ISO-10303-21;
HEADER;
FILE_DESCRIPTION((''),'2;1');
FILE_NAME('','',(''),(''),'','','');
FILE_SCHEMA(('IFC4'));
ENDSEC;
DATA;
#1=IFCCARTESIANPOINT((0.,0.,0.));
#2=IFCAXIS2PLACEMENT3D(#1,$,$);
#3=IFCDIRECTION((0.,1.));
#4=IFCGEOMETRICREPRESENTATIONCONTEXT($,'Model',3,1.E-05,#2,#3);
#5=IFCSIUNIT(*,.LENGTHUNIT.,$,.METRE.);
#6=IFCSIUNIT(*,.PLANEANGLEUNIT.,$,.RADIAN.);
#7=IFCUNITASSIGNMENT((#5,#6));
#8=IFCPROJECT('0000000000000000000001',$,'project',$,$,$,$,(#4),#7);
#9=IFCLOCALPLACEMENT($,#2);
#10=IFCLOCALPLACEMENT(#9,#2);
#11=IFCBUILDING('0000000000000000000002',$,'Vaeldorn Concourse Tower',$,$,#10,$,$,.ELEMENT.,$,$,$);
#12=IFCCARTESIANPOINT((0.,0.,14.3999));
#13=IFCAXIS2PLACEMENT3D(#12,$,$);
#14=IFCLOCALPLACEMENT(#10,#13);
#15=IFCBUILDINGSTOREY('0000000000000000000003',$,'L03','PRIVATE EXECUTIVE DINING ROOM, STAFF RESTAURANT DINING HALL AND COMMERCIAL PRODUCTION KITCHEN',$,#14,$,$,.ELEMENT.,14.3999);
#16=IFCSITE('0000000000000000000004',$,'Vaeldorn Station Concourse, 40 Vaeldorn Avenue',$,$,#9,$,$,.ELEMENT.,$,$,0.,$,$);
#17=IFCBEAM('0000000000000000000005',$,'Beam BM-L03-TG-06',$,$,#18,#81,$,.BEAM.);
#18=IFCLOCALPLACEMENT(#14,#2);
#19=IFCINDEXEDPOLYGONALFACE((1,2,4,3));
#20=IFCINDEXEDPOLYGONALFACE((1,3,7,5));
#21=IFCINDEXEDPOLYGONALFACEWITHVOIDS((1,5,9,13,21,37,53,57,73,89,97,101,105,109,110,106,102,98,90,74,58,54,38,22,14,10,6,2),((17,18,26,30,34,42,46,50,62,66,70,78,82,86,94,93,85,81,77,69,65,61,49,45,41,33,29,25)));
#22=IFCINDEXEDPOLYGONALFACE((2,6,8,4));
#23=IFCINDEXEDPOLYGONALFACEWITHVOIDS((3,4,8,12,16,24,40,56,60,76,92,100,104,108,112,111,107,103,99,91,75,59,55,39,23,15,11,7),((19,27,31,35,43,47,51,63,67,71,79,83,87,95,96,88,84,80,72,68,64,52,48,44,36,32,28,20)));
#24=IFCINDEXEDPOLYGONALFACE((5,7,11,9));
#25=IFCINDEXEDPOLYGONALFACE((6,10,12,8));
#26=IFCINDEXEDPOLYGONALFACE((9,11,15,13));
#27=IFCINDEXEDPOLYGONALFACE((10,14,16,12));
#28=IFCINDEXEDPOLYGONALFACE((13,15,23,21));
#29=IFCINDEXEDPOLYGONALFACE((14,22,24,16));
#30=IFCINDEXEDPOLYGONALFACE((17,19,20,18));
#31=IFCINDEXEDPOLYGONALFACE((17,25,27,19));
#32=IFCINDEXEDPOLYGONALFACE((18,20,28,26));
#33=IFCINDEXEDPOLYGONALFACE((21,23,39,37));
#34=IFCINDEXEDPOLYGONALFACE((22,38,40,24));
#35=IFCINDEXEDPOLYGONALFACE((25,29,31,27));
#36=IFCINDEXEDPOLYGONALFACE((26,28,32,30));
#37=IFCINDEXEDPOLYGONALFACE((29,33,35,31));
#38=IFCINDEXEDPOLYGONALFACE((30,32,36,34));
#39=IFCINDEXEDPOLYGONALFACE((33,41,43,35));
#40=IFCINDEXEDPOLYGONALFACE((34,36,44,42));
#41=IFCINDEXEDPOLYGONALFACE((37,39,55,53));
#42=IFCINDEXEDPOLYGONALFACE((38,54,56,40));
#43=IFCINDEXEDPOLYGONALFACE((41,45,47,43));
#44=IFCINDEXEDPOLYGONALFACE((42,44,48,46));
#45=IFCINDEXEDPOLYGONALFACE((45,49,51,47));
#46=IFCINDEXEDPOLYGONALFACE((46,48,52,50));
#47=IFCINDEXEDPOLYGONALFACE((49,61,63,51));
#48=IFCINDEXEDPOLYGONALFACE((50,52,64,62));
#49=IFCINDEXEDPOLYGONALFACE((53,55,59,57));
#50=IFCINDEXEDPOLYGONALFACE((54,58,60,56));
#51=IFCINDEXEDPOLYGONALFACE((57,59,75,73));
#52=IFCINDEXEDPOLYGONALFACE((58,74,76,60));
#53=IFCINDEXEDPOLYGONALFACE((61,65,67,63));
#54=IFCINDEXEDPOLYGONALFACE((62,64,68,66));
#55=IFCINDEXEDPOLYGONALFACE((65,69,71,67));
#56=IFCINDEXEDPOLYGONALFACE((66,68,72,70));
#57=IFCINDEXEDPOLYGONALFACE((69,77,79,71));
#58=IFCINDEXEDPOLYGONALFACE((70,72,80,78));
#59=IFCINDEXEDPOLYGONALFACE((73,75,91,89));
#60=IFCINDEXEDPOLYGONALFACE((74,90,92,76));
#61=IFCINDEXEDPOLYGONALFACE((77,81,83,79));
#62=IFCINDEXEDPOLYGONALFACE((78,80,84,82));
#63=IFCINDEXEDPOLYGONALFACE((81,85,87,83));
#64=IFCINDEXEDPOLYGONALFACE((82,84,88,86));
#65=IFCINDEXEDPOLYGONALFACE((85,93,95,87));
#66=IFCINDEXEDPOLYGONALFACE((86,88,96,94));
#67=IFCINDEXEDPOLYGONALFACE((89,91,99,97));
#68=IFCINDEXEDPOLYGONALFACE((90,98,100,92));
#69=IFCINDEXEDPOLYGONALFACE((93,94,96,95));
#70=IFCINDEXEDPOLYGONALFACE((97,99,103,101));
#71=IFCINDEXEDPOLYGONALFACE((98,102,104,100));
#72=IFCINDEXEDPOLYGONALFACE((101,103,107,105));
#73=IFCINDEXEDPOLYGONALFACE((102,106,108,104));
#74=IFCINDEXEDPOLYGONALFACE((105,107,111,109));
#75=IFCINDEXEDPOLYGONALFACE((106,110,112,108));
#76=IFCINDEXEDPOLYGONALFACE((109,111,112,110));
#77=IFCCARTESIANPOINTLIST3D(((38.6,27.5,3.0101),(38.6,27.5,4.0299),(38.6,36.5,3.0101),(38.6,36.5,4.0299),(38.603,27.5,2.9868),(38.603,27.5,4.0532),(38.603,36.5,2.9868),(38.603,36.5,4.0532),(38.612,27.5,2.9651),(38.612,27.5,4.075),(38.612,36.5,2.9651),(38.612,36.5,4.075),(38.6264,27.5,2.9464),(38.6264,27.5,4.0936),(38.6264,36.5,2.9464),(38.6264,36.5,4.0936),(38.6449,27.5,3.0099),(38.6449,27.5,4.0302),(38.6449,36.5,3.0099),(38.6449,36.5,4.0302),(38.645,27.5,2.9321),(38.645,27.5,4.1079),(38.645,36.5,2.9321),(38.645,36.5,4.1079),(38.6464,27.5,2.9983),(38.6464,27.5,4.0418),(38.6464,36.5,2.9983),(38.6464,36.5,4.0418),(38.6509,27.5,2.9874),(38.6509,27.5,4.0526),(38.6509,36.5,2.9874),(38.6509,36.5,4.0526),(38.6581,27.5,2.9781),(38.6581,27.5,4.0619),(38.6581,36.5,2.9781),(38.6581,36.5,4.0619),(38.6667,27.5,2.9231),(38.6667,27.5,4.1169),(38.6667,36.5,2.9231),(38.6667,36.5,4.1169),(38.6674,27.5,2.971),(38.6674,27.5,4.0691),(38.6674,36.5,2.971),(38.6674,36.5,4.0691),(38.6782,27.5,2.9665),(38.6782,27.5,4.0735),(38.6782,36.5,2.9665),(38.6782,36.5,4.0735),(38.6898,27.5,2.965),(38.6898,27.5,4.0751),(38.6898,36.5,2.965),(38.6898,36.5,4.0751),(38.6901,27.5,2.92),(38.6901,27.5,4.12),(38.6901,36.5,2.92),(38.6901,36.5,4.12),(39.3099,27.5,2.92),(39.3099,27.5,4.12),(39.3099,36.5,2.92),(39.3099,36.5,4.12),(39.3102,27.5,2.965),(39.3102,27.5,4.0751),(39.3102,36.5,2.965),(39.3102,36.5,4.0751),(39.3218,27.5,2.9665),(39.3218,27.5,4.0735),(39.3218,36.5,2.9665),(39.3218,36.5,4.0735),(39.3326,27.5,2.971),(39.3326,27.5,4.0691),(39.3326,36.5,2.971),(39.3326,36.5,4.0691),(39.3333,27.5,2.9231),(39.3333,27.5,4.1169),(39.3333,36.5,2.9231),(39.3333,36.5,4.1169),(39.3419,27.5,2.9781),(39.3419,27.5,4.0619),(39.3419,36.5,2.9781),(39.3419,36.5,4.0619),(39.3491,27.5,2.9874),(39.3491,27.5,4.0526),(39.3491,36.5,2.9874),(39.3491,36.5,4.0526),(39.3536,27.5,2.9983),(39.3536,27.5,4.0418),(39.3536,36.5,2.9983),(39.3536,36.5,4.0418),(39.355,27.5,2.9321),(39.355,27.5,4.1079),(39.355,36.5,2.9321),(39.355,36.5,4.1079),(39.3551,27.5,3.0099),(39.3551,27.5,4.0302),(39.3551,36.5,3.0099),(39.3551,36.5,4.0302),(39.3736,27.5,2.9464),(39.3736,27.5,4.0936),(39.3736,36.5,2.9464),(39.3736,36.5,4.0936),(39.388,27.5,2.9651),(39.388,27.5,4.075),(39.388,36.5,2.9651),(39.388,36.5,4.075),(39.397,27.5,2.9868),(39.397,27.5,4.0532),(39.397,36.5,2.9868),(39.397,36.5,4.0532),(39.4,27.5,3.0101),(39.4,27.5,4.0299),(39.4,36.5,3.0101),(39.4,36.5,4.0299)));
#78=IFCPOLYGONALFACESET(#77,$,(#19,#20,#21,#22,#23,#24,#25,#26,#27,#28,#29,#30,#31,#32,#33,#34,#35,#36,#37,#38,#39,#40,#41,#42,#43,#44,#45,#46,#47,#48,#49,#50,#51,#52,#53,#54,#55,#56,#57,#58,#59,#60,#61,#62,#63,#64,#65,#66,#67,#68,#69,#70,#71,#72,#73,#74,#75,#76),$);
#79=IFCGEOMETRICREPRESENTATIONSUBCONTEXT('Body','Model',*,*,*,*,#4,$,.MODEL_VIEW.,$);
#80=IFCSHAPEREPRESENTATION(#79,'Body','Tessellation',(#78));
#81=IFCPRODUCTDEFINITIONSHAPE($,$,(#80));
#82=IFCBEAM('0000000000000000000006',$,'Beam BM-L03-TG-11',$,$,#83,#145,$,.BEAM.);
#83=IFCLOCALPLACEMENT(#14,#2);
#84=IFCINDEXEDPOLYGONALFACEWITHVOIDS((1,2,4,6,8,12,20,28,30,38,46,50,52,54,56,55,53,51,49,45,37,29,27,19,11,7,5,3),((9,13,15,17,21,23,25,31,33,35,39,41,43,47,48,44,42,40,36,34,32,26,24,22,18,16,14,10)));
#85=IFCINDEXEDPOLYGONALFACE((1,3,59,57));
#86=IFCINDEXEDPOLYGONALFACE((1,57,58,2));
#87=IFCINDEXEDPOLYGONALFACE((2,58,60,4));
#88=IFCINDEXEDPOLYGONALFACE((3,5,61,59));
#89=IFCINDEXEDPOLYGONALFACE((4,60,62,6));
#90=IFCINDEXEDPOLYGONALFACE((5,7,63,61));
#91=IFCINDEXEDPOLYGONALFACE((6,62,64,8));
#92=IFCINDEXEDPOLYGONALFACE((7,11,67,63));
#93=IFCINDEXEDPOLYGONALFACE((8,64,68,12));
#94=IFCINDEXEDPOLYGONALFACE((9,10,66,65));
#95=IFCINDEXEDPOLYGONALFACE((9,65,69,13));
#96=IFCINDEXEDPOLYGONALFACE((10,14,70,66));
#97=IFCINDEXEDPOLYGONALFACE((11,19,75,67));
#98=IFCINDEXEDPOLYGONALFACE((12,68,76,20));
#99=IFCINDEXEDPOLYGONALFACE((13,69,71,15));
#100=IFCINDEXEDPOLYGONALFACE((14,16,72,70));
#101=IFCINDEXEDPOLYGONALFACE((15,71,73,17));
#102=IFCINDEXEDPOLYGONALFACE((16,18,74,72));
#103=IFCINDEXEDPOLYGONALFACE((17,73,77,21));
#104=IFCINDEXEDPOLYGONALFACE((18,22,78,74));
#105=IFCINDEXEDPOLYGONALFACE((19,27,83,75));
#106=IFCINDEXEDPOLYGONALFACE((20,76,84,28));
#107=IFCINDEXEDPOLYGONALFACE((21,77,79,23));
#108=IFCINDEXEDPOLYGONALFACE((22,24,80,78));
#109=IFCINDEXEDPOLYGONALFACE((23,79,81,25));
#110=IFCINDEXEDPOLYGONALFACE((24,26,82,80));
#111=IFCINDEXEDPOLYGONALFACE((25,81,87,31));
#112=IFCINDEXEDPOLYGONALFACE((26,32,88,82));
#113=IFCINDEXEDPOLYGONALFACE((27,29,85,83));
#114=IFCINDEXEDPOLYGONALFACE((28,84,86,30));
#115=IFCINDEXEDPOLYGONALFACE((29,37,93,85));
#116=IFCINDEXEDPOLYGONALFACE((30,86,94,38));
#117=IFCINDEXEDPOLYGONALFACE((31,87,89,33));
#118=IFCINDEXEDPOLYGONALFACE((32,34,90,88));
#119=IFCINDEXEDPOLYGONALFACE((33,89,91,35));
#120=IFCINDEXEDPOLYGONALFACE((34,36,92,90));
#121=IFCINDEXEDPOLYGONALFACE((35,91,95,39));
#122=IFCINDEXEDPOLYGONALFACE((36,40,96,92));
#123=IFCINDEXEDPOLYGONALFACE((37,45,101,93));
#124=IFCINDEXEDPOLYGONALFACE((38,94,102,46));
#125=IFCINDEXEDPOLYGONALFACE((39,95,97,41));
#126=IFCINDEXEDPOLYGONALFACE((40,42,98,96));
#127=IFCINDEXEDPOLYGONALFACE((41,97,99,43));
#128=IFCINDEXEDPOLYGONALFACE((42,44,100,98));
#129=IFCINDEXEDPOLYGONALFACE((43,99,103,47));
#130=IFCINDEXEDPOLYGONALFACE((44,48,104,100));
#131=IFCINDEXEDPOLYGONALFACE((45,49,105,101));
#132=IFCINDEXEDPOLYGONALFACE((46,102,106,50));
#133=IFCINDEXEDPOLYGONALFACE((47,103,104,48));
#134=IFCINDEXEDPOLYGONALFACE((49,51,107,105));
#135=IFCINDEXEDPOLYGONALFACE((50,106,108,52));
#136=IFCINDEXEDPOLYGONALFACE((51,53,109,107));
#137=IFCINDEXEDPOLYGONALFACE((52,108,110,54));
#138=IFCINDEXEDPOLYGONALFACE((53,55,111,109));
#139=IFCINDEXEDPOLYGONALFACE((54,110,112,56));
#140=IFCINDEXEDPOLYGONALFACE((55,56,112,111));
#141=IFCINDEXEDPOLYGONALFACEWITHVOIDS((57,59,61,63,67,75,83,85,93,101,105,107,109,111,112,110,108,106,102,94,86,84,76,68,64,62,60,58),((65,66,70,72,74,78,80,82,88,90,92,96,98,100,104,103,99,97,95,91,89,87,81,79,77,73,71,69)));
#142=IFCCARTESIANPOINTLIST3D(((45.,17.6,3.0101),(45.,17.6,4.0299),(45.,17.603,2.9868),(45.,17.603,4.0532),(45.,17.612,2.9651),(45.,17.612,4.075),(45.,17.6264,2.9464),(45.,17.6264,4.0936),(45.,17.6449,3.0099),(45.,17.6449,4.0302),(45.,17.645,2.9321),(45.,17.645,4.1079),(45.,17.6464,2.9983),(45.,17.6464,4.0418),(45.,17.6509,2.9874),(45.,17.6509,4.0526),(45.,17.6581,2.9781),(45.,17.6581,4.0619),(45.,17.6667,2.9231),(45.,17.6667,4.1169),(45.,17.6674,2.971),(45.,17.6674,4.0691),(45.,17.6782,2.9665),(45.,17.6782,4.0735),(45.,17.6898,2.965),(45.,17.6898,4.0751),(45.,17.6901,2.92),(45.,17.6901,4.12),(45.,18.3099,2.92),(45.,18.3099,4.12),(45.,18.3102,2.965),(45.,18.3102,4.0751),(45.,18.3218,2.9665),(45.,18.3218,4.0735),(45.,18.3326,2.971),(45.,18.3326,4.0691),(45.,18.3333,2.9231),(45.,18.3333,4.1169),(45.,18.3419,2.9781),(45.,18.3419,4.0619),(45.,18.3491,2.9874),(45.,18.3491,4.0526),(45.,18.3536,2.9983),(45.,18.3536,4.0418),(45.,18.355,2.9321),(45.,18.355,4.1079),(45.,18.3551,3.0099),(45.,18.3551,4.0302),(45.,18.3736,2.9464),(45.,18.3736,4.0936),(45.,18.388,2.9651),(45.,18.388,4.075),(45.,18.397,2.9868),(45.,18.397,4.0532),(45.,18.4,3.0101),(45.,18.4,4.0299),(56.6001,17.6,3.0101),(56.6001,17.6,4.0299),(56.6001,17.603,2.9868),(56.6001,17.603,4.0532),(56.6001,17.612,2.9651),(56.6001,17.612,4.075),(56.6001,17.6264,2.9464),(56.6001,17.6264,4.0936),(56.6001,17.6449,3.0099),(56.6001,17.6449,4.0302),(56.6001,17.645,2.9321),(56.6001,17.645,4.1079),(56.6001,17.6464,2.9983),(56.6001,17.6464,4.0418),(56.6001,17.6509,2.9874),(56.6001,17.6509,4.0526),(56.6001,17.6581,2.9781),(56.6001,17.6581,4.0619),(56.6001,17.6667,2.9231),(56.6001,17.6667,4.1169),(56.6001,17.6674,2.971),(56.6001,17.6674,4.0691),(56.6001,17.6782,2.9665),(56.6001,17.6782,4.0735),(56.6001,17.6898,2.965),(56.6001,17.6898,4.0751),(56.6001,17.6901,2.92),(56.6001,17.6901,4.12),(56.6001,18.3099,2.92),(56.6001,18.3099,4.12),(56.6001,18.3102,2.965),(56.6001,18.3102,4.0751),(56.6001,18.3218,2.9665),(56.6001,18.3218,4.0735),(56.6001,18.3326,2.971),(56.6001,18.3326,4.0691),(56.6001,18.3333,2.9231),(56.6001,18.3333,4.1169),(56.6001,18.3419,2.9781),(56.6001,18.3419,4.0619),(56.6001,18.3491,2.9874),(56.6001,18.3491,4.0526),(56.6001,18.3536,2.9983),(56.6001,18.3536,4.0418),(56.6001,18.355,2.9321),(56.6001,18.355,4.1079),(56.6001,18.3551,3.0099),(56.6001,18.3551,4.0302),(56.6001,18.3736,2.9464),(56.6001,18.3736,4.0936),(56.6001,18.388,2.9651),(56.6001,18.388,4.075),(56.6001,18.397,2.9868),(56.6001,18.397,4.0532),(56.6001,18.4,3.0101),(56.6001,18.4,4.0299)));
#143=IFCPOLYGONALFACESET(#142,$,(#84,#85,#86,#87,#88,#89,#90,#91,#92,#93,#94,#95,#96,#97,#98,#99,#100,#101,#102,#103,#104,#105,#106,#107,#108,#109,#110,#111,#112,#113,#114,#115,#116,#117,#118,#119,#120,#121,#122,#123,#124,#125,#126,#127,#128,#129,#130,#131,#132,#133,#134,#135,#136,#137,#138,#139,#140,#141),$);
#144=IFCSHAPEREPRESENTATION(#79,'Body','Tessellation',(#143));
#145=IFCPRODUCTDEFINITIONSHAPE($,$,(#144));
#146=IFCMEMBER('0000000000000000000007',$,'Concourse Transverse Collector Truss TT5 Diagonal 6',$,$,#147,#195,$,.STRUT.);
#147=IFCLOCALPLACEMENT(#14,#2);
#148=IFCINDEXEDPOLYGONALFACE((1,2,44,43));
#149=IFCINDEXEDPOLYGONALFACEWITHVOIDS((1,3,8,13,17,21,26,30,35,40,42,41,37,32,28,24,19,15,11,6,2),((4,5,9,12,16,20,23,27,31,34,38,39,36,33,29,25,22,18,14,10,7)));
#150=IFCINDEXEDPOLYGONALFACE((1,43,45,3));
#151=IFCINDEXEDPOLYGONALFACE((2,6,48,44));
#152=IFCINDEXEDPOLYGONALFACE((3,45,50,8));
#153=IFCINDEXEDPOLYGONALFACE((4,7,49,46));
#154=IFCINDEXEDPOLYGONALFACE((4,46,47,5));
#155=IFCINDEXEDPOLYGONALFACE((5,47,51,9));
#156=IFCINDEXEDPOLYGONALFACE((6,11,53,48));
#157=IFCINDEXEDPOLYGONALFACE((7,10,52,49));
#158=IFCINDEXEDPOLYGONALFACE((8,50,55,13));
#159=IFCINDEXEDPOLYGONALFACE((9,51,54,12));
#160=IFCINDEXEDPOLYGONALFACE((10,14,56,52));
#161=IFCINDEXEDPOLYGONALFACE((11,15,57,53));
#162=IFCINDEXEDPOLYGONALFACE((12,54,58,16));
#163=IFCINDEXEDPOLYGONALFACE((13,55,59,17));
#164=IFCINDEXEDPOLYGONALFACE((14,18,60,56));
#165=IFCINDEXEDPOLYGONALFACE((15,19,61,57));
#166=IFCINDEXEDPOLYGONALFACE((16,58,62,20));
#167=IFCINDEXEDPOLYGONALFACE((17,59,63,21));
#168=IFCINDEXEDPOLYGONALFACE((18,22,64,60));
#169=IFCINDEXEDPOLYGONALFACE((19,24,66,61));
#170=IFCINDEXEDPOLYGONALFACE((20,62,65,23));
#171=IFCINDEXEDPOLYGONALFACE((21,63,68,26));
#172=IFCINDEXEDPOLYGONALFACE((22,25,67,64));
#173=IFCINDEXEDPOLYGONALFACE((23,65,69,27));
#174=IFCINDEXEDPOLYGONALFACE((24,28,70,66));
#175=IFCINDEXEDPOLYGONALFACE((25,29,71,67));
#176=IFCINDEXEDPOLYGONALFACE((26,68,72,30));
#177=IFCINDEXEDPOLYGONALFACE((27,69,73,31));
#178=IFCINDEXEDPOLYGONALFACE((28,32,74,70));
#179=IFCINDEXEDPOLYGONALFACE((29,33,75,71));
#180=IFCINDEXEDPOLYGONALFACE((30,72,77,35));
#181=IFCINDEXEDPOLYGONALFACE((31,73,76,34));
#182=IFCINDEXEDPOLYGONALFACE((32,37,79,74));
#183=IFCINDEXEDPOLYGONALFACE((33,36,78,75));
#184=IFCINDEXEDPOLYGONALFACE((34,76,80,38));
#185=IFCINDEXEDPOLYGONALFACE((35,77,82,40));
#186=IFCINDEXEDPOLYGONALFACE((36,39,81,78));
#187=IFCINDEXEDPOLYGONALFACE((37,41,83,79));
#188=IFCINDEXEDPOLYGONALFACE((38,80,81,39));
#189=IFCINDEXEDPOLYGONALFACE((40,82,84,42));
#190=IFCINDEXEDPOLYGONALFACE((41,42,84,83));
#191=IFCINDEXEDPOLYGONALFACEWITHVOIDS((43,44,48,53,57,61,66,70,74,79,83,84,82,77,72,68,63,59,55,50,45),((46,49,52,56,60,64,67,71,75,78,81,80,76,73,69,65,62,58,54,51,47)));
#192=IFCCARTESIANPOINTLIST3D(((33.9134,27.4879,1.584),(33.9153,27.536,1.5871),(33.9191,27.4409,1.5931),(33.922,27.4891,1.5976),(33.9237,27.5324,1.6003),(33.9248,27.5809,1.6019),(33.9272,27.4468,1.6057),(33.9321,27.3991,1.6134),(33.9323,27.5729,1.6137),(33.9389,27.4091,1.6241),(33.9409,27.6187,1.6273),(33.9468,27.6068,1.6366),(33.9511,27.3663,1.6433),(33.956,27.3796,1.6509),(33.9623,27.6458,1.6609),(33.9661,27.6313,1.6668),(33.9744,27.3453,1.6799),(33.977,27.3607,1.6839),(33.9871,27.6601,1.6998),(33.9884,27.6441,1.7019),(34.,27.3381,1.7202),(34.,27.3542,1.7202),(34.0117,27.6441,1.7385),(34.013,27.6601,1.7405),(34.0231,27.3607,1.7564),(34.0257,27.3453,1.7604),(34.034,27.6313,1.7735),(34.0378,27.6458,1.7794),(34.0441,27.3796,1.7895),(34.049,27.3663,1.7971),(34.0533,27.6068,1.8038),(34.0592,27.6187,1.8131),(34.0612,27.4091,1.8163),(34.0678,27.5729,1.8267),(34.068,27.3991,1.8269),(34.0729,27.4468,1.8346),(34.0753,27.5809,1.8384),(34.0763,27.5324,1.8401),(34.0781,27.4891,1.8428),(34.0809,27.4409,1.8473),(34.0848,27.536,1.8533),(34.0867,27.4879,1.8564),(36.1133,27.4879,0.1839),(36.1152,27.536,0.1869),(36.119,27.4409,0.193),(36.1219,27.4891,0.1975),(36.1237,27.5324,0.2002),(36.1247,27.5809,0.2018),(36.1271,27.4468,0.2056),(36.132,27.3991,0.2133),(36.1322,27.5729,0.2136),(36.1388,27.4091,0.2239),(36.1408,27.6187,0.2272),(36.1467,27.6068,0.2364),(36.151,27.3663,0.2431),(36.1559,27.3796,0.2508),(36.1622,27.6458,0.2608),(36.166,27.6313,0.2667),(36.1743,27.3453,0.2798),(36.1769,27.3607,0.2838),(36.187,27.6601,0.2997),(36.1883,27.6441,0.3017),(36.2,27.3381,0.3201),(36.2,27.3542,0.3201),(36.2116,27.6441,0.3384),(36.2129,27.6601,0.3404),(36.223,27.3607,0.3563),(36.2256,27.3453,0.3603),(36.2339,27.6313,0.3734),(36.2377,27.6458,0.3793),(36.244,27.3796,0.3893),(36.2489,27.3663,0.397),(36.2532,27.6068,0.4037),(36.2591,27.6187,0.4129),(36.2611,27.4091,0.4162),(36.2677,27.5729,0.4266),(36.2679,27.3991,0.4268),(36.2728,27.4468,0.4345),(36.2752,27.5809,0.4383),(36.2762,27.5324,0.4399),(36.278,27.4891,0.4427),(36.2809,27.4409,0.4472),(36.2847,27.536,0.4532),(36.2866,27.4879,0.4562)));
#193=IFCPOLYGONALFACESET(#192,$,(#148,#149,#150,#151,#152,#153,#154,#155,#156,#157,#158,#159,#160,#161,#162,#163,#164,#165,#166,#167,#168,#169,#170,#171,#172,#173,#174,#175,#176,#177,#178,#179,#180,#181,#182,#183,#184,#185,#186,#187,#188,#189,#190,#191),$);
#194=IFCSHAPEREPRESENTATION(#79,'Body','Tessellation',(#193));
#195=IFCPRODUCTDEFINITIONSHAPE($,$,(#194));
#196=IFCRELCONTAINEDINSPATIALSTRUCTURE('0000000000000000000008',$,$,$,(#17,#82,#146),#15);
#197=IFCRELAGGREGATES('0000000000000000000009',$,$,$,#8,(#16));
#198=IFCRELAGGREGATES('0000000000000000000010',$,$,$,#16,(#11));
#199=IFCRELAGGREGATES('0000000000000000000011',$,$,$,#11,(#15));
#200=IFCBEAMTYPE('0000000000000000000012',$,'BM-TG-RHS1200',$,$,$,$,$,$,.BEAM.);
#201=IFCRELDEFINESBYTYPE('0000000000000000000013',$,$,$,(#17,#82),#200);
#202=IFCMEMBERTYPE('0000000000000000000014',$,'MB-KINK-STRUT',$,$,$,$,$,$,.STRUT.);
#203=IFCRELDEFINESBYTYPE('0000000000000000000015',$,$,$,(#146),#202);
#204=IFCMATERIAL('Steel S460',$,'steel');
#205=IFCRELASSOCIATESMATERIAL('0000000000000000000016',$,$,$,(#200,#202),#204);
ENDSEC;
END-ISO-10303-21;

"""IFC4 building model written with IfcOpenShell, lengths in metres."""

from ifc_helpers import new_model, si_unit, direction, frame, origin, origin_2d, place, context, subcontext, project, spatial, hollow_rectangle, hollow_circle, extrude, source, transform, mapped, material, material_profile, profile_set, type_object, element, save


model = new_model("IFC4")

# Units and contexts
model_context = context("Model", 3, precision=1e-05, world=origin(), true_north=direction((0.0, 1.0)))
body_context = subcontext(model_context, "Body", "Model", "MODEL_VIEW")
ifc_project = project(units=[si_unit("LENGTHUNIT", "METRE"), si_unit("PLANEANGLEUNIT", "RADIAN")], contexts=[model_context])

# Site, building, storey
site_placement = place(None, origin())
site = spatial("IfcSite", under=ifc_project, at=site_placement, Name="Vaeldorn Station Concourse, 40 Vaeldorn Avenue", CompositionType="ELEMENT", RefElevation=0.0)
building_placement = place(site_placement, origin())
building = spatial("IfcBuilding", under=site, at=building_placement, Name="Vaeldorn Concourse Tower", CompositionType="ELEMENT")
storey_placement = place(building_placement, frame((0.0, 0.0, 14.3999)))
storey = spatial("IfcBuildingStorey", under=building, at=storey_placement, Name="L03", Description="PRIVATE EXECUTIVE DINING ROOM, STAFF RESTAURANT DINING HALL AND COMMERCIAL PRODUCTION KITCHEN", CompositionType="ELEMENT", Elevation=14.3999)

# Beams
ifc_material = material(Name="Steel S460", Category="steel")
ifc_material_profile_1 = material_profile(ifc_material, hollow_rectangle(XDim=0.8, YDim=1.2, WallThickness=0.0449, InnerFilletRadius=0.0449, OuterFilletRadius=0.0901, at=origin_2d()), Name="RHS 1200x800x45")
ifc_profile_set_1 = profile_set([ifc_material_profile_1], Name="Steel S460")
beam_type = type_object("IfcBeamType", Name="BM-TG-RHS1200", PredefinedType="BEAM", material=ifc_profile_set_1)
shared_shape_1 = source(origin(), body_context, "Body", "SweptSolid", [
    extrude(hollow_rectangle(XDim=0.8, YDim=1.2, WallThickness=0.0449, InnerFilletRadius=0.0449, OuterFilletRadius=0.0901, at=origin_2d()), origin(), (0.0, 0.0, 1.0), 9.0),
])
beam_1_placement = place(storey_placement, frame((39.0, 27.5, 3.52), z_axis=(0.0, 1.0, 0.0), x_axis=(-1.0, 0.0, 0.0)))
element("IfcBeam", 1, at=beam_1_placement, inside=storey, type_object=beam_type, Name="Beam BM-L03-TG-06", PredefinedType="BEAM", context=body_context, shape_type="MappedRepresentation", body=[
    mapped(shared_shape_1, transform((0.0, 0.0, 0.0), scale=1.0)),
])
shared_shape_2 = source(origin(), body_context, "Body", "SweptSolid", [
    extrude(hollow_rectangle(XDim=0.8, YDim=1.2, WallThickness=0.0449, InnerFilletRadius=0.0449, OuterFilletRadius=0.0901, at=origin_2d()), origin(), (0.0, 0.0, 1.0), 11.6001),
])
beam_2_placement = place(storey_placement, frame((45.0, 18.0, 3.52), z_axis=(1.0, 0.0, 0.0), x_axis=(0.0, 1.0, 0.0)))
element("IfcBeam", 2, at=beam_2_placement, inside=storey, type_object=beam_type, Name="Beam BM-L03-TG-11", PredefinedType="BEAM", context=body_context, shape_type="MappedRepresentation", body=[
    mapped(shared_shape_2, transform((0.0, 0.0, 0.0), scale=1.0)),
])

# Member
ifc_material_profile_2 = material_profile(ifc_material, hollow_circle(Radius=0.1619, WallThickness=0.0161, at=origin_2d()), Name="CHS 323.9x16")
ifc_profile_set_2 = profile_set([ifc_material_profile_2], Name="Steel S460")
member_type = type_object("IfcMemberType", Name="MB-KINK-STRUT", PredefinedType="STRUT", material=ifc_profile_set_2)
shared_shape_3 = source(origin(), body_context, "Body", "SweptSolid", [
    extrude(hollow_circle(Radius=0.1619, WallThickness=0.0161, at=origin_2d()), origin(), (0.0, 0.0, 1.0), 2.6077),
])
for number, where, z_axis, x_axis, name in (
    (3, (36.2, 27.5, 0.3201), (-0.843631, 0.0, 0.536924), (0.0, -1.0, 0.0), "Concourse Transverse Collector Truss TT5 Diagonal 6"),
):
    element("IfcMember", number, at=place(storey_placement, frame(where, z_axis=z_axis, x_axis=x_axis)), inside=storey, type_object=member_type, Name=name, PredefinedType="STRUT", context=body_context, shape_type="MappedRepresentation", body=[
        mapped(shared_shape_3, transform((0.0, 0.0, 0.0), scale=1.0)),
    ])

save(model, "model.ifc")
